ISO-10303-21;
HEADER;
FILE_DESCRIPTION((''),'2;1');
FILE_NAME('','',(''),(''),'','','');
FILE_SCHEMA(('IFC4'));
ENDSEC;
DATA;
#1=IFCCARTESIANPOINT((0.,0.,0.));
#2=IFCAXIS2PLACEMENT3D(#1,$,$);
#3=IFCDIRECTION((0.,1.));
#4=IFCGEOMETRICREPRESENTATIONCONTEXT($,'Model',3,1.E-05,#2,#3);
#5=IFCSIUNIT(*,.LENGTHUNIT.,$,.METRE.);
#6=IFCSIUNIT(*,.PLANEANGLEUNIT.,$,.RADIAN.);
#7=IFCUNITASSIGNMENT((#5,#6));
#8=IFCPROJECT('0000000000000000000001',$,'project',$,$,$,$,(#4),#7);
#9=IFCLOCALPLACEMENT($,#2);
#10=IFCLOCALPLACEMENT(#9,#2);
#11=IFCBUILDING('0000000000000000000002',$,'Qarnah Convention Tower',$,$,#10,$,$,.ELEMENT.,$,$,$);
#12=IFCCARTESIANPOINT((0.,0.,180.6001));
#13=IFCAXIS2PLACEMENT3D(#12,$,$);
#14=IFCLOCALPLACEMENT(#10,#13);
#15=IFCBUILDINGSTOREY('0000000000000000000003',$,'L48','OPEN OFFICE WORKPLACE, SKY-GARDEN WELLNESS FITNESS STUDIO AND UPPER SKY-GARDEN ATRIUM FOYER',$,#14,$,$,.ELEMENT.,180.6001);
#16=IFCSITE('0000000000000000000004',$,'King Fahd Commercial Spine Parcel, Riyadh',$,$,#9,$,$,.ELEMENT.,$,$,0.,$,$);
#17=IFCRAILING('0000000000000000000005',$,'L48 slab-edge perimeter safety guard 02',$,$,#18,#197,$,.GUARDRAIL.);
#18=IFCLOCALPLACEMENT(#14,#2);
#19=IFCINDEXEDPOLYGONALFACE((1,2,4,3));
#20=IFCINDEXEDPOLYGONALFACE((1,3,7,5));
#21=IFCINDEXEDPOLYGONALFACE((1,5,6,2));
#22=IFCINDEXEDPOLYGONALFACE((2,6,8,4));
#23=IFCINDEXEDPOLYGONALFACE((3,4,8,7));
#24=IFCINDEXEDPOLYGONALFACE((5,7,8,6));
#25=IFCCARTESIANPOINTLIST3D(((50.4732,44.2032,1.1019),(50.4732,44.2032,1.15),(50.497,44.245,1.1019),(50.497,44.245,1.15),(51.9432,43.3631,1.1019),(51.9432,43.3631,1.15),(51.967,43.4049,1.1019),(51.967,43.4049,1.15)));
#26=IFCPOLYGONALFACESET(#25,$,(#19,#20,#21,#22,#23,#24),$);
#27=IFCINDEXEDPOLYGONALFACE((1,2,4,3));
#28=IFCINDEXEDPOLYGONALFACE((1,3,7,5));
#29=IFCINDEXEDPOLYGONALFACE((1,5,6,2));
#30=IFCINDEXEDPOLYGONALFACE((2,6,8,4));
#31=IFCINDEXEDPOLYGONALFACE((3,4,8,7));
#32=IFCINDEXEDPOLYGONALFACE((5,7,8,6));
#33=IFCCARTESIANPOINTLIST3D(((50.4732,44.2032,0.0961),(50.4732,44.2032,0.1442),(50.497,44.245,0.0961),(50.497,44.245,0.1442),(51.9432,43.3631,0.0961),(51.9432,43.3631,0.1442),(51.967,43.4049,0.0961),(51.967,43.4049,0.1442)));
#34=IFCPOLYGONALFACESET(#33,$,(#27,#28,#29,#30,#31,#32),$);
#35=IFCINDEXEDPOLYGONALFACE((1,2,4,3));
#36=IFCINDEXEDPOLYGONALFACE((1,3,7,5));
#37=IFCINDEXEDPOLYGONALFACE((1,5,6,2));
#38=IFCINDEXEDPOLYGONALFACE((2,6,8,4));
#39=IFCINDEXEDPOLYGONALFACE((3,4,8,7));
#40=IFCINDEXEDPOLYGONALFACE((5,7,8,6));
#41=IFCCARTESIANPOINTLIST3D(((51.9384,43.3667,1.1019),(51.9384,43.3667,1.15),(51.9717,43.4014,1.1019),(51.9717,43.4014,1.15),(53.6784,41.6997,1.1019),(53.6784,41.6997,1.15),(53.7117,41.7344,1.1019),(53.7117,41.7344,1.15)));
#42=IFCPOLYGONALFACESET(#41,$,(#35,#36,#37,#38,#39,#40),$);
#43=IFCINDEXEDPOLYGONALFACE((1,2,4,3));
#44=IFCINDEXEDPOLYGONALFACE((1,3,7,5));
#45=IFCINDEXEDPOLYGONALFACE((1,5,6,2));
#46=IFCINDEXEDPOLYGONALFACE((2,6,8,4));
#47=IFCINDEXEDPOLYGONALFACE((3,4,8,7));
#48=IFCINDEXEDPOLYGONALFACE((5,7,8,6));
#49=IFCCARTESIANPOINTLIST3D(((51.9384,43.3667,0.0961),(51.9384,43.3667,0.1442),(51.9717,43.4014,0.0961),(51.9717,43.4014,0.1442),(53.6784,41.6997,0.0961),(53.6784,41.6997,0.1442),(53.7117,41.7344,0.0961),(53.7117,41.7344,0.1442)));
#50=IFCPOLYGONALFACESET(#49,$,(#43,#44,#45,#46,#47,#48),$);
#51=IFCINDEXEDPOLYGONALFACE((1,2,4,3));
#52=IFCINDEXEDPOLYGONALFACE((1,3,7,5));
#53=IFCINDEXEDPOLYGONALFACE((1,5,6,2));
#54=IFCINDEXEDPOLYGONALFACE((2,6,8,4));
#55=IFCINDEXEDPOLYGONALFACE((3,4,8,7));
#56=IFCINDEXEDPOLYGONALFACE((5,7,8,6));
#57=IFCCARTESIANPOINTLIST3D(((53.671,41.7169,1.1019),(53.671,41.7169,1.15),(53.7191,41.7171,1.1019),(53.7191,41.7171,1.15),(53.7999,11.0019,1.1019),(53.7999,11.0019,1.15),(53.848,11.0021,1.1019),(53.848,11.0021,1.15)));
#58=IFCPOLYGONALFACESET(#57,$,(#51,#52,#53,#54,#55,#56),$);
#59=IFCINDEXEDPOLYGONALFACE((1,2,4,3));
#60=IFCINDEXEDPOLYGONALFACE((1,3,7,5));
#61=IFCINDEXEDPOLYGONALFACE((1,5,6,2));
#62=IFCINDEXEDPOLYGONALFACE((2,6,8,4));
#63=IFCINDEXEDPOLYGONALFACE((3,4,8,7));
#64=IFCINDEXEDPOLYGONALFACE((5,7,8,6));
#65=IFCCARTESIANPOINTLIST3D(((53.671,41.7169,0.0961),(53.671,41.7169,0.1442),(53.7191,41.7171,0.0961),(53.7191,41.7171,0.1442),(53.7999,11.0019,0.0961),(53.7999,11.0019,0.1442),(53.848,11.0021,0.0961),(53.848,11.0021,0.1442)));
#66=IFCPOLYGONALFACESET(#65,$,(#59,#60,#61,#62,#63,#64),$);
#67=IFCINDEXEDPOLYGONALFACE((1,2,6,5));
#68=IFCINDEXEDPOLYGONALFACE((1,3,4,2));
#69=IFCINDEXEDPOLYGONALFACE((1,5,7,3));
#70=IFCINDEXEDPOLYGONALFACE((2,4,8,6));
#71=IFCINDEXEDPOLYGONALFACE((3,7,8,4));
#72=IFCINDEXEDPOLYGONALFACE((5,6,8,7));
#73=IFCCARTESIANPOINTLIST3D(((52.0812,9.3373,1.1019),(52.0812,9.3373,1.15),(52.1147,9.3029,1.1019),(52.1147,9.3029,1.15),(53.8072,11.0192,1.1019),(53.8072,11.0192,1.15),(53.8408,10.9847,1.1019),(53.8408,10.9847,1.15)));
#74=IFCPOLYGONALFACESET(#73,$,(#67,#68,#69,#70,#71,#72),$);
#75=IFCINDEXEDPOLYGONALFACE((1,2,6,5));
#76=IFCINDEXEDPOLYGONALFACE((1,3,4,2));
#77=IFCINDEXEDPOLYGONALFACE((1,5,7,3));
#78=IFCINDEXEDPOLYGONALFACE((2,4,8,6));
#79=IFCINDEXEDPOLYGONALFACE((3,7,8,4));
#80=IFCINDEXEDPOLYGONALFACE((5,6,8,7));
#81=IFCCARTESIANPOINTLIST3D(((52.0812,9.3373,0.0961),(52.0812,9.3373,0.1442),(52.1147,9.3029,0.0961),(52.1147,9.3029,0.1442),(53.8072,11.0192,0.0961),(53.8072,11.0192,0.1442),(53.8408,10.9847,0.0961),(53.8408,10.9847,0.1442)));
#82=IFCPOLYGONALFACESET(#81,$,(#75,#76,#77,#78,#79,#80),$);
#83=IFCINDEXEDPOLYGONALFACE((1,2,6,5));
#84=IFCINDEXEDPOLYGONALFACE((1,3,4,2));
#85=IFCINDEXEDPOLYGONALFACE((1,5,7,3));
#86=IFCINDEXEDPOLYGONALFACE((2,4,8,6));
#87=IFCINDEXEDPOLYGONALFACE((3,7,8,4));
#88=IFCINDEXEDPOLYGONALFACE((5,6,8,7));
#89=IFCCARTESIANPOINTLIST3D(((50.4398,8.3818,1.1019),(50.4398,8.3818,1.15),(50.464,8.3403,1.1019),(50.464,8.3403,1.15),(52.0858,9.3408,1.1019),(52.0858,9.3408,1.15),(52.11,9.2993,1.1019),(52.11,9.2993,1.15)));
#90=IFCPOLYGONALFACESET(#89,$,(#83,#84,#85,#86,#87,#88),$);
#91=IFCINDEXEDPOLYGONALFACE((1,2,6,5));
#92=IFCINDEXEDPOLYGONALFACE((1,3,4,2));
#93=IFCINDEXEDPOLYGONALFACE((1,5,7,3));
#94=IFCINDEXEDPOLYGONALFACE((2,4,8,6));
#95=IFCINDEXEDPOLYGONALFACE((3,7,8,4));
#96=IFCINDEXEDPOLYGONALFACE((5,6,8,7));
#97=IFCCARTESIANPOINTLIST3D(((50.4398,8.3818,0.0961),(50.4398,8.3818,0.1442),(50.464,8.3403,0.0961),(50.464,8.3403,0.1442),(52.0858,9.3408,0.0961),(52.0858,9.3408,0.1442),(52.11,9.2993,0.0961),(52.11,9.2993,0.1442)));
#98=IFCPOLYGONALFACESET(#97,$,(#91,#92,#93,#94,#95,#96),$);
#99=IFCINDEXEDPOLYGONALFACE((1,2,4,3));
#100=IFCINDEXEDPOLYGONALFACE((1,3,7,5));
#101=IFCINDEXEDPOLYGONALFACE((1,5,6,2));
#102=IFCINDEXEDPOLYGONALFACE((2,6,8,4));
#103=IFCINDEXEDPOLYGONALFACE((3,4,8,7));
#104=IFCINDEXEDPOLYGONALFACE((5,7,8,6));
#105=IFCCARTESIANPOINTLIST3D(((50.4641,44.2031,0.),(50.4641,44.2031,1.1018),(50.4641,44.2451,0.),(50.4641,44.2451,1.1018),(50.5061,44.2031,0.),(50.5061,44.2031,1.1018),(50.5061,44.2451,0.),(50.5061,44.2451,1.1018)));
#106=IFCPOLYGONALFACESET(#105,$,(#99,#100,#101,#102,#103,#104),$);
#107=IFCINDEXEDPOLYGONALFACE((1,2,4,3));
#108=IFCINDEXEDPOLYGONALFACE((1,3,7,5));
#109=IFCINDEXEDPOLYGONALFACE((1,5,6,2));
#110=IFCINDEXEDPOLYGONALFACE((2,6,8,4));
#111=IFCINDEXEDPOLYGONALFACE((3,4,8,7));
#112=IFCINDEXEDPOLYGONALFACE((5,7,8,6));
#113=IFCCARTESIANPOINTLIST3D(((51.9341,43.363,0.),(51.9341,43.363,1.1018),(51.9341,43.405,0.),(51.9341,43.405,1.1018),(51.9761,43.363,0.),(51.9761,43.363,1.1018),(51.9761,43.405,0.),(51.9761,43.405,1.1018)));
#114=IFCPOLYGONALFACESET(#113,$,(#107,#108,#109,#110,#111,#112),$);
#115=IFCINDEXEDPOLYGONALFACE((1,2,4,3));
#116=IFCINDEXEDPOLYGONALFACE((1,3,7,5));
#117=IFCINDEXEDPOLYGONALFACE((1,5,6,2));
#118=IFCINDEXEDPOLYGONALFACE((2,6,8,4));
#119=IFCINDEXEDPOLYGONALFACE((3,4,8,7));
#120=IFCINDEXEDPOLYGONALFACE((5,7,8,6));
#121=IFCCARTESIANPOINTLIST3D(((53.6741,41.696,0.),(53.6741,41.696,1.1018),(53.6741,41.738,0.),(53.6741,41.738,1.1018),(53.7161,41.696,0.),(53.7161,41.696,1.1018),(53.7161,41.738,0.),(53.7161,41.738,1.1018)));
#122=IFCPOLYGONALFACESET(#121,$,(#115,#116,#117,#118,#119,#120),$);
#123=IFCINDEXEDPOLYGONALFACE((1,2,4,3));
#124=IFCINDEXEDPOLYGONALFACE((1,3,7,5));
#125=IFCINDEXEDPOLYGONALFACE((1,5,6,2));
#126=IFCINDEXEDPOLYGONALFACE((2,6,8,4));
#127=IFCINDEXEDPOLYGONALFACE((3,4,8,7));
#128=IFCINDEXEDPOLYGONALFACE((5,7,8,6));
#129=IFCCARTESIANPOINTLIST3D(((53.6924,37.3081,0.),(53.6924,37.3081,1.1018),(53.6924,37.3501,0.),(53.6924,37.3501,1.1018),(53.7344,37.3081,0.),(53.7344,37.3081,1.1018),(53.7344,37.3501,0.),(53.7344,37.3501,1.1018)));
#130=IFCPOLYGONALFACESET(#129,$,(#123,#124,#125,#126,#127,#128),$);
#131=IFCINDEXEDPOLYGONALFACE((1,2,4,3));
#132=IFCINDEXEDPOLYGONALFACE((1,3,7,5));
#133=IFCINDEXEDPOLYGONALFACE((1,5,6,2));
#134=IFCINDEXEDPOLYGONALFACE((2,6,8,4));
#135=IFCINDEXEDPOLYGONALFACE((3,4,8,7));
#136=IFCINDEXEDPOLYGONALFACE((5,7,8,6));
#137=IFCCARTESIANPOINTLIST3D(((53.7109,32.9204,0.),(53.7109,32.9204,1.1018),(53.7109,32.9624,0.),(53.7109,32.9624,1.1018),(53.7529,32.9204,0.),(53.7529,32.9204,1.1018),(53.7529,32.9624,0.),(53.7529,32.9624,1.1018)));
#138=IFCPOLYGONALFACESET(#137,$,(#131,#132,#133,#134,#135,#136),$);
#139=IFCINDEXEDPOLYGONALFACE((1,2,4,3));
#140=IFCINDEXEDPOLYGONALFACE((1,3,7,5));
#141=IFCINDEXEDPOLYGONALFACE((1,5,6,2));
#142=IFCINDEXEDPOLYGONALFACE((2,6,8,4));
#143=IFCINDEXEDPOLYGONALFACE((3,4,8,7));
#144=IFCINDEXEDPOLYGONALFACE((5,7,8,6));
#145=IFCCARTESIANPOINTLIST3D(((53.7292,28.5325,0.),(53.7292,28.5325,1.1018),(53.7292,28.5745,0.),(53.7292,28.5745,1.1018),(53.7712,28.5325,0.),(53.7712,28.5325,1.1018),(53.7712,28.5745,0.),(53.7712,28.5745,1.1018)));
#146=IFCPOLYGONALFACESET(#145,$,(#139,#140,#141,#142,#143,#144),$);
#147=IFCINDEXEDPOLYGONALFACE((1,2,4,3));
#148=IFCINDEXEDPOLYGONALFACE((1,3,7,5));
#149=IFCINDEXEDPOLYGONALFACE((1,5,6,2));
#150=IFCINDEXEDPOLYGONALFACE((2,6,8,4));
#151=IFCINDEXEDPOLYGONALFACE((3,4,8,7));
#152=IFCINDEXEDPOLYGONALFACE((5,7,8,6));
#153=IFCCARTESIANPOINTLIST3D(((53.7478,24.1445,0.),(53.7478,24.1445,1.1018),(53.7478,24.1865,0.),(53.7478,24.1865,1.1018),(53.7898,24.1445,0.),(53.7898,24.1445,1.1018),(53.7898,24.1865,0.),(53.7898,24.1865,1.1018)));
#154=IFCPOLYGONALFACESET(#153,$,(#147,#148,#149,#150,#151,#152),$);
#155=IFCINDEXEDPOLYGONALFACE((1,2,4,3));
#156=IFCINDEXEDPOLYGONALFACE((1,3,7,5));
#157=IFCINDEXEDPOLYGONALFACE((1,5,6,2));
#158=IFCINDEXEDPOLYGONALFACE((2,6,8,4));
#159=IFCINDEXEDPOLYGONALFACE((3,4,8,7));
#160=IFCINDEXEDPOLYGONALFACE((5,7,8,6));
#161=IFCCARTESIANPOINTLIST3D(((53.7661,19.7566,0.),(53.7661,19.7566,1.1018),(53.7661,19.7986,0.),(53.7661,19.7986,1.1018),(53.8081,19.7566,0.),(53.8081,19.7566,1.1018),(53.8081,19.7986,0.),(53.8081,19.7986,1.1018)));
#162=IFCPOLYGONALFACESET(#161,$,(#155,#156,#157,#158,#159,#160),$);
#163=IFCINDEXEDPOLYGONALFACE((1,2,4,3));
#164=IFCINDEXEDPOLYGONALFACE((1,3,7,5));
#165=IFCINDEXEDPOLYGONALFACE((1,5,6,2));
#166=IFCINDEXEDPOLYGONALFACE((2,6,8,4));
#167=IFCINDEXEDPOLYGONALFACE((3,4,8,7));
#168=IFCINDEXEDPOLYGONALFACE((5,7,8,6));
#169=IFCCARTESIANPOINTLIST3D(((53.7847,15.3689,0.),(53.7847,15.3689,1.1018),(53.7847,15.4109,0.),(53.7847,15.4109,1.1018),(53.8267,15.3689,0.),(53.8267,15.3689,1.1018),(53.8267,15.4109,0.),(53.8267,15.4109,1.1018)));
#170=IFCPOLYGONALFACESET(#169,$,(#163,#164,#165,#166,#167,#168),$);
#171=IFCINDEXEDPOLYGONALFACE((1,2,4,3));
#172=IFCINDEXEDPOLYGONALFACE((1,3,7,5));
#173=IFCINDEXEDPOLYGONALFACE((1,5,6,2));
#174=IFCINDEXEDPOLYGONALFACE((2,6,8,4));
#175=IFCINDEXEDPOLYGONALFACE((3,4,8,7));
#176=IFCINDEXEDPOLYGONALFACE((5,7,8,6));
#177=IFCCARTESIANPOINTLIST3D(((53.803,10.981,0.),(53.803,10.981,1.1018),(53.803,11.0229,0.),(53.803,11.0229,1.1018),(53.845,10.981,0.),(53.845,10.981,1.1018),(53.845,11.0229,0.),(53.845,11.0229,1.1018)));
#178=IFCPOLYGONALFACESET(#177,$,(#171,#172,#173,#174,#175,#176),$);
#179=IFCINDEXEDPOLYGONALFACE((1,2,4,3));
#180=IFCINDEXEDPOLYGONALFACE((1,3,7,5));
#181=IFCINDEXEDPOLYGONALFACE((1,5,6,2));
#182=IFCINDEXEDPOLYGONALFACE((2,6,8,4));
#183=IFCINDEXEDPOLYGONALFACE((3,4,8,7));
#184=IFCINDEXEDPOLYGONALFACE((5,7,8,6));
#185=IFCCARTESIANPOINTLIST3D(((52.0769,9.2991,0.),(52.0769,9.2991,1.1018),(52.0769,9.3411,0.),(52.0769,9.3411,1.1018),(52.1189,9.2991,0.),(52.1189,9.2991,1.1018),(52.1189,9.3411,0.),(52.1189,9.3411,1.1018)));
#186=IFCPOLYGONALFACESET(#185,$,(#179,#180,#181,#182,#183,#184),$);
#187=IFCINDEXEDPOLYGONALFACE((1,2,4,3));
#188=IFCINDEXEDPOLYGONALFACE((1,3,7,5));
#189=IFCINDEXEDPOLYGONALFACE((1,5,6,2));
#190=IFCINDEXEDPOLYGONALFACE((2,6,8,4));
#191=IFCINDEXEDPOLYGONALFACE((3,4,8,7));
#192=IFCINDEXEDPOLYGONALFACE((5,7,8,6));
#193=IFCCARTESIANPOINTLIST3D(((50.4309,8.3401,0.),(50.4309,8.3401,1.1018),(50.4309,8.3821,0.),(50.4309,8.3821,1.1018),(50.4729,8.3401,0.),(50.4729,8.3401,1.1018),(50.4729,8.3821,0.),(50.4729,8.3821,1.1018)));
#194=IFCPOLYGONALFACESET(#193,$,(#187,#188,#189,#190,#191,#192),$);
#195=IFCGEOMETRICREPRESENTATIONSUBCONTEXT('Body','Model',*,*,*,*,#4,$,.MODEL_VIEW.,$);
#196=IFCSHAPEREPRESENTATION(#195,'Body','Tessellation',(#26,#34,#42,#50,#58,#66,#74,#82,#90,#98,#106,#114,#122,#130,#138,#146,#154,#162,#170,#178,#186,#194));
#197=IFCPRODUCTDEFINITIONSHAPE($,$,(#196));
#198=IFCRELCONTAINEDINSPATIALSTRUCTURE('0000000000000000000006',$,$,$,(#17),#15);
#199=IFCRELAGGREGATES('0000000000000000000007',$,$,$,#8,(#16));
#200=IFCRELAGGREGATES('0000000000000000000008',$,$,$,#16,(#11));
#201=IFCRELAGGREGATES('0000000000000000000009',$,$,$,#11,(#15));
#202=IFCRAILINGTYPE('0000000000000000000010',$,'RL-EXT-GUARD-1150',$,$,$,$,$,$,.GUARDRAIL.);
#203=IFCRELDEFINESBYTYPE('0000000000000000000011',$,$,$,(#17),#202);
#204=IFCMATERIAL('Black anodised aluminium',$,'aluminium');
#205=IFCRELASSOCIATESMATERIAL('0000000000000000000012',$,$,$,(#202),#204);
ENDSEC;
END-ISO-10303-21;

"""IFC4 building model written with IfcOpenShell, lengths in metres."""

from ifc_helpers import new_model, si_unit, direction, frame, origin, origin_2d, place, context, subcontext, project, spatial, rectangle, extrude, material, type_object, element, save


model = new_model("IFC4")

# Units and contexts
model_context = context("Model", 3, precision=1e-05, world=origin(), true_north=direction((0.0, 1.0)))
body_context = subcontext(model_context, "Body", "Model", "MODEL_VIEW")
ifc_project = project(units=[si_unit("LENGTHUNIT", "METRE"), si_unit("PLANEANGLEUNIT", "RADIAN")], contexts=[model_context])

# Site, building, storey
site_placement = place(None, origin())
site = spatial("IfcSite", under=ifc_project, at=site_placement, Name="King Fahd Commercial Spine Parcel, Riyadh", CompositionType="ELEMENT", RefElevation=0.0)
building_placement = place(site_placement, origin())
building = spatial("IfcBuilding", under=site, at=building_placement, Name="Qarnah Convention Tower", CompositionType="ELEMENT")
storey_placement = place(building_placement, frame((0.0, 0.0, 180.6001)))
storey = spatial("IfcBuildingStorey", under=building, at=storey_placement, Name="L48", Description="OPEN OFFICE WORKPLACE, SKY-GARDEN WELLNESS FITNESS STUDIO AND UPPER SKY-GARDEN ATRIUM FOYER", CompositionType="ELEMENT", Elevation=180.6001)

# Shared definitions
ifc_material_1 = material(Name="Black anodised aluminium", Category="aluminium")

# Railing
railing_type = type_object("IfcRailingType", Name="RL-EXT-GUARD-1150", PredefinedType="GUARDRAIL", material=ifc_material_1)
railing_1_placement = place(storey_placement, frame((50.4851, 44.2241, 0.0)))
element("IfcRailing", 1, at=railing_1_placement, inside=storey, type_object=railing_type, Name="L48 slab-edge perimeter safety guard 02", PredefinedType="GUARDRAIL", context=body_context, shape_type="SweptSolid", body=[
    extrude(rectangle(XDim=0.0481, YDim=0.0481, at=origin_2d()), frame((0.0, 0.0, 1.126), z_axis=(0.868217, -0.496186, 0.0), x_axis=(0.496186, 0.868217, 0.0)), (0.0, 0.0, 1.0), 1.6931),
    extrude(rectangle(XDim=0.0481, YDim=0.0481, at=origin_2d()), frame((0.0, 0.0, 0.1201), z_axis=(0.868217, -0.496186, 0.0), x_axis=(0.496186, 0.868217, 0.0)), (0.0, 0.0, 1.0), 1.6931),
    extrude(rectangle(XDim=0.0481, YDim=0.0481, at=origin_2d()), frame((1.47, -0.8401, 1.126), z_axis=(0.722092, -0.691798, 0.0), x_axis=(0.691798, 0.722092, 0.0)), (0.0, 0.0, 1.0), 2.4097),
    extrude(rectangle(XDim=0.0481, YDim=0.0481, at=origin_2d()), frame((1.47, -0.8401, 0.1201), z_axis=(0.722092, -0.691798, 0.0), x_axis=(0.691798, 0.722092, 0.0)), (0.0, 0.0, 1.0), 2.4097),
    extrude(rectangle(XDim=0.0481, YDim=0.0481, at=origin_2d()), frame((3.21, -2.5071, 1.126), z_axis=(0.004197, -0.999991, 0.0), x_axis=(0.999991, 0.004197, 0.0)), (0.0, 0.0, 1.0), 30.7153),
    extrude(rectangle(XDim=0.0481, YDim=0.0481, at=origin_2d()), frame((3.21, -2.5071, 0.1201), z_axis=(0.004197, -0.999991, 0.0), x_axis=(0.999991, 0.004197, 0.0)), (0.0, 0.0, 1.0), 30.7153),
    extrude(rectangle(XDim=0.0481, YDim=0.0481, at=origin_2d()), frame((3.3389, -33.2222, 1.126), z_axis=(-0.716215, -0.697879, 0.0), x_axis=(0.697879, -0.716215, 0.0)), (0.0, 0.0, 1.0), 2.4099),
    extrude(rectangle(XDim=0.0481, YDim=0.0481, at=origin_2d()), frame((3.3389, -33.2222, 0.1201), z_axis=(-0.716215, -0.697879, 0.0), x_axis=(0.697879, -0.716215, 0.0)), (0.0, 0.0, 1.0), 2.4099),
    extrude(rectangle(XDim=0.0481, YDim=0.0481, at=origin_2d()), frame((1.6128, -34.9041, 1.126), z_axis=(-0.864048, -0.503409, 0.0), x_axis=(0.503409, -0.864048, 0.0)), (0.0, 0.0, 1.0), 1.905),
    extrude(rectangle(XDim=0.0481, YDim=0.0481, at=origin_2d()), frame((1.6128, -34.9041, 0.1201), z_axis=(-0.864048, -0.503409, 0.0), x_axis=(0.503409, -0.864048, 0.0)), (0.0, 0.0, 1.0), 1.905),
    extrude(rectangle(XDim=0.042, YDim=0.042, at=origin_2d()), origin(), (0.0, 0.0, 1.0), 1.1018),
    extrude(rectangle(XDim=0.042, YDim=0.042, at=origin_2d()), frame((1.47, -0.8401, 0.0)), (0.0, 0.0, 1.0), 1.1018),
    extrude(rectangle(XDim=0.042, YDim=0.042, at=origin_2d()), frame((3.21, -2.5071, 0.0)), (0.0, 0.0, 1.0), 1.1018),
    extrude(rectangle(XDim=0.042, YDim=0.042, at=origin_2d()), frame((3.2283, -6.895, 0.0)), (0.0, 0.0, 1.0), 1.1018),
    extrude(rectangle(XDim=0.042, YDim=0.042, at=origin_2d()), frame((3.2468, -11.2827, 0.0)), (0.0, 0.0, 1.0), 1.1018),
    extrude(rectangle(XDim=0.042, YDim=0.042, at=origin_2d()), frame((3.2651, -15.6707, 0.0)), (0.0, 0.0, 1.0), 1.1018),
    extrude(rectangle(XDim=0.042, YDim=0.042, at=origin_2d()), frame((3.2837, -20.0586, 0.0)), (0.0, 0.0, 1.0), 1.1018),
    extrude(rectangle(XDim=0.042, YDim=0.042, at=origin_2d()), frame((3.302, -24.4465, 0.0)), (0.0, 0.0, 1.0), 1.1018),
    extrude(rectangle(XDim=0.042, YDim=0.042, at=origin_2d()), frame((3.3206, -28.8342, 0.0)), (0.0, 0.0, 1.0), 1.1018),
    extrude(rectangle(XDim=0.042, YDim=0.042, at=origin_2d()), frame((3.3389, -33.2222, 0.0)), (0.0, 0.0, 1.0), 1.1018),
    extrude(rectangle(XDim=0.042, YDim=0.042, at=origin_2d()), frame((1.6128, -34.9041, 0.0)), (0.0, 0.0, 1.0), 1.1018),
    extrude(rectangle(XDim=0.042, YDim=0.042, at=origin_2d()), frame((-0.0332, -35.863, 0.0)), (0.0, 0.0, 1.0), 1.1018),
])

save(model, "model.ifc")
